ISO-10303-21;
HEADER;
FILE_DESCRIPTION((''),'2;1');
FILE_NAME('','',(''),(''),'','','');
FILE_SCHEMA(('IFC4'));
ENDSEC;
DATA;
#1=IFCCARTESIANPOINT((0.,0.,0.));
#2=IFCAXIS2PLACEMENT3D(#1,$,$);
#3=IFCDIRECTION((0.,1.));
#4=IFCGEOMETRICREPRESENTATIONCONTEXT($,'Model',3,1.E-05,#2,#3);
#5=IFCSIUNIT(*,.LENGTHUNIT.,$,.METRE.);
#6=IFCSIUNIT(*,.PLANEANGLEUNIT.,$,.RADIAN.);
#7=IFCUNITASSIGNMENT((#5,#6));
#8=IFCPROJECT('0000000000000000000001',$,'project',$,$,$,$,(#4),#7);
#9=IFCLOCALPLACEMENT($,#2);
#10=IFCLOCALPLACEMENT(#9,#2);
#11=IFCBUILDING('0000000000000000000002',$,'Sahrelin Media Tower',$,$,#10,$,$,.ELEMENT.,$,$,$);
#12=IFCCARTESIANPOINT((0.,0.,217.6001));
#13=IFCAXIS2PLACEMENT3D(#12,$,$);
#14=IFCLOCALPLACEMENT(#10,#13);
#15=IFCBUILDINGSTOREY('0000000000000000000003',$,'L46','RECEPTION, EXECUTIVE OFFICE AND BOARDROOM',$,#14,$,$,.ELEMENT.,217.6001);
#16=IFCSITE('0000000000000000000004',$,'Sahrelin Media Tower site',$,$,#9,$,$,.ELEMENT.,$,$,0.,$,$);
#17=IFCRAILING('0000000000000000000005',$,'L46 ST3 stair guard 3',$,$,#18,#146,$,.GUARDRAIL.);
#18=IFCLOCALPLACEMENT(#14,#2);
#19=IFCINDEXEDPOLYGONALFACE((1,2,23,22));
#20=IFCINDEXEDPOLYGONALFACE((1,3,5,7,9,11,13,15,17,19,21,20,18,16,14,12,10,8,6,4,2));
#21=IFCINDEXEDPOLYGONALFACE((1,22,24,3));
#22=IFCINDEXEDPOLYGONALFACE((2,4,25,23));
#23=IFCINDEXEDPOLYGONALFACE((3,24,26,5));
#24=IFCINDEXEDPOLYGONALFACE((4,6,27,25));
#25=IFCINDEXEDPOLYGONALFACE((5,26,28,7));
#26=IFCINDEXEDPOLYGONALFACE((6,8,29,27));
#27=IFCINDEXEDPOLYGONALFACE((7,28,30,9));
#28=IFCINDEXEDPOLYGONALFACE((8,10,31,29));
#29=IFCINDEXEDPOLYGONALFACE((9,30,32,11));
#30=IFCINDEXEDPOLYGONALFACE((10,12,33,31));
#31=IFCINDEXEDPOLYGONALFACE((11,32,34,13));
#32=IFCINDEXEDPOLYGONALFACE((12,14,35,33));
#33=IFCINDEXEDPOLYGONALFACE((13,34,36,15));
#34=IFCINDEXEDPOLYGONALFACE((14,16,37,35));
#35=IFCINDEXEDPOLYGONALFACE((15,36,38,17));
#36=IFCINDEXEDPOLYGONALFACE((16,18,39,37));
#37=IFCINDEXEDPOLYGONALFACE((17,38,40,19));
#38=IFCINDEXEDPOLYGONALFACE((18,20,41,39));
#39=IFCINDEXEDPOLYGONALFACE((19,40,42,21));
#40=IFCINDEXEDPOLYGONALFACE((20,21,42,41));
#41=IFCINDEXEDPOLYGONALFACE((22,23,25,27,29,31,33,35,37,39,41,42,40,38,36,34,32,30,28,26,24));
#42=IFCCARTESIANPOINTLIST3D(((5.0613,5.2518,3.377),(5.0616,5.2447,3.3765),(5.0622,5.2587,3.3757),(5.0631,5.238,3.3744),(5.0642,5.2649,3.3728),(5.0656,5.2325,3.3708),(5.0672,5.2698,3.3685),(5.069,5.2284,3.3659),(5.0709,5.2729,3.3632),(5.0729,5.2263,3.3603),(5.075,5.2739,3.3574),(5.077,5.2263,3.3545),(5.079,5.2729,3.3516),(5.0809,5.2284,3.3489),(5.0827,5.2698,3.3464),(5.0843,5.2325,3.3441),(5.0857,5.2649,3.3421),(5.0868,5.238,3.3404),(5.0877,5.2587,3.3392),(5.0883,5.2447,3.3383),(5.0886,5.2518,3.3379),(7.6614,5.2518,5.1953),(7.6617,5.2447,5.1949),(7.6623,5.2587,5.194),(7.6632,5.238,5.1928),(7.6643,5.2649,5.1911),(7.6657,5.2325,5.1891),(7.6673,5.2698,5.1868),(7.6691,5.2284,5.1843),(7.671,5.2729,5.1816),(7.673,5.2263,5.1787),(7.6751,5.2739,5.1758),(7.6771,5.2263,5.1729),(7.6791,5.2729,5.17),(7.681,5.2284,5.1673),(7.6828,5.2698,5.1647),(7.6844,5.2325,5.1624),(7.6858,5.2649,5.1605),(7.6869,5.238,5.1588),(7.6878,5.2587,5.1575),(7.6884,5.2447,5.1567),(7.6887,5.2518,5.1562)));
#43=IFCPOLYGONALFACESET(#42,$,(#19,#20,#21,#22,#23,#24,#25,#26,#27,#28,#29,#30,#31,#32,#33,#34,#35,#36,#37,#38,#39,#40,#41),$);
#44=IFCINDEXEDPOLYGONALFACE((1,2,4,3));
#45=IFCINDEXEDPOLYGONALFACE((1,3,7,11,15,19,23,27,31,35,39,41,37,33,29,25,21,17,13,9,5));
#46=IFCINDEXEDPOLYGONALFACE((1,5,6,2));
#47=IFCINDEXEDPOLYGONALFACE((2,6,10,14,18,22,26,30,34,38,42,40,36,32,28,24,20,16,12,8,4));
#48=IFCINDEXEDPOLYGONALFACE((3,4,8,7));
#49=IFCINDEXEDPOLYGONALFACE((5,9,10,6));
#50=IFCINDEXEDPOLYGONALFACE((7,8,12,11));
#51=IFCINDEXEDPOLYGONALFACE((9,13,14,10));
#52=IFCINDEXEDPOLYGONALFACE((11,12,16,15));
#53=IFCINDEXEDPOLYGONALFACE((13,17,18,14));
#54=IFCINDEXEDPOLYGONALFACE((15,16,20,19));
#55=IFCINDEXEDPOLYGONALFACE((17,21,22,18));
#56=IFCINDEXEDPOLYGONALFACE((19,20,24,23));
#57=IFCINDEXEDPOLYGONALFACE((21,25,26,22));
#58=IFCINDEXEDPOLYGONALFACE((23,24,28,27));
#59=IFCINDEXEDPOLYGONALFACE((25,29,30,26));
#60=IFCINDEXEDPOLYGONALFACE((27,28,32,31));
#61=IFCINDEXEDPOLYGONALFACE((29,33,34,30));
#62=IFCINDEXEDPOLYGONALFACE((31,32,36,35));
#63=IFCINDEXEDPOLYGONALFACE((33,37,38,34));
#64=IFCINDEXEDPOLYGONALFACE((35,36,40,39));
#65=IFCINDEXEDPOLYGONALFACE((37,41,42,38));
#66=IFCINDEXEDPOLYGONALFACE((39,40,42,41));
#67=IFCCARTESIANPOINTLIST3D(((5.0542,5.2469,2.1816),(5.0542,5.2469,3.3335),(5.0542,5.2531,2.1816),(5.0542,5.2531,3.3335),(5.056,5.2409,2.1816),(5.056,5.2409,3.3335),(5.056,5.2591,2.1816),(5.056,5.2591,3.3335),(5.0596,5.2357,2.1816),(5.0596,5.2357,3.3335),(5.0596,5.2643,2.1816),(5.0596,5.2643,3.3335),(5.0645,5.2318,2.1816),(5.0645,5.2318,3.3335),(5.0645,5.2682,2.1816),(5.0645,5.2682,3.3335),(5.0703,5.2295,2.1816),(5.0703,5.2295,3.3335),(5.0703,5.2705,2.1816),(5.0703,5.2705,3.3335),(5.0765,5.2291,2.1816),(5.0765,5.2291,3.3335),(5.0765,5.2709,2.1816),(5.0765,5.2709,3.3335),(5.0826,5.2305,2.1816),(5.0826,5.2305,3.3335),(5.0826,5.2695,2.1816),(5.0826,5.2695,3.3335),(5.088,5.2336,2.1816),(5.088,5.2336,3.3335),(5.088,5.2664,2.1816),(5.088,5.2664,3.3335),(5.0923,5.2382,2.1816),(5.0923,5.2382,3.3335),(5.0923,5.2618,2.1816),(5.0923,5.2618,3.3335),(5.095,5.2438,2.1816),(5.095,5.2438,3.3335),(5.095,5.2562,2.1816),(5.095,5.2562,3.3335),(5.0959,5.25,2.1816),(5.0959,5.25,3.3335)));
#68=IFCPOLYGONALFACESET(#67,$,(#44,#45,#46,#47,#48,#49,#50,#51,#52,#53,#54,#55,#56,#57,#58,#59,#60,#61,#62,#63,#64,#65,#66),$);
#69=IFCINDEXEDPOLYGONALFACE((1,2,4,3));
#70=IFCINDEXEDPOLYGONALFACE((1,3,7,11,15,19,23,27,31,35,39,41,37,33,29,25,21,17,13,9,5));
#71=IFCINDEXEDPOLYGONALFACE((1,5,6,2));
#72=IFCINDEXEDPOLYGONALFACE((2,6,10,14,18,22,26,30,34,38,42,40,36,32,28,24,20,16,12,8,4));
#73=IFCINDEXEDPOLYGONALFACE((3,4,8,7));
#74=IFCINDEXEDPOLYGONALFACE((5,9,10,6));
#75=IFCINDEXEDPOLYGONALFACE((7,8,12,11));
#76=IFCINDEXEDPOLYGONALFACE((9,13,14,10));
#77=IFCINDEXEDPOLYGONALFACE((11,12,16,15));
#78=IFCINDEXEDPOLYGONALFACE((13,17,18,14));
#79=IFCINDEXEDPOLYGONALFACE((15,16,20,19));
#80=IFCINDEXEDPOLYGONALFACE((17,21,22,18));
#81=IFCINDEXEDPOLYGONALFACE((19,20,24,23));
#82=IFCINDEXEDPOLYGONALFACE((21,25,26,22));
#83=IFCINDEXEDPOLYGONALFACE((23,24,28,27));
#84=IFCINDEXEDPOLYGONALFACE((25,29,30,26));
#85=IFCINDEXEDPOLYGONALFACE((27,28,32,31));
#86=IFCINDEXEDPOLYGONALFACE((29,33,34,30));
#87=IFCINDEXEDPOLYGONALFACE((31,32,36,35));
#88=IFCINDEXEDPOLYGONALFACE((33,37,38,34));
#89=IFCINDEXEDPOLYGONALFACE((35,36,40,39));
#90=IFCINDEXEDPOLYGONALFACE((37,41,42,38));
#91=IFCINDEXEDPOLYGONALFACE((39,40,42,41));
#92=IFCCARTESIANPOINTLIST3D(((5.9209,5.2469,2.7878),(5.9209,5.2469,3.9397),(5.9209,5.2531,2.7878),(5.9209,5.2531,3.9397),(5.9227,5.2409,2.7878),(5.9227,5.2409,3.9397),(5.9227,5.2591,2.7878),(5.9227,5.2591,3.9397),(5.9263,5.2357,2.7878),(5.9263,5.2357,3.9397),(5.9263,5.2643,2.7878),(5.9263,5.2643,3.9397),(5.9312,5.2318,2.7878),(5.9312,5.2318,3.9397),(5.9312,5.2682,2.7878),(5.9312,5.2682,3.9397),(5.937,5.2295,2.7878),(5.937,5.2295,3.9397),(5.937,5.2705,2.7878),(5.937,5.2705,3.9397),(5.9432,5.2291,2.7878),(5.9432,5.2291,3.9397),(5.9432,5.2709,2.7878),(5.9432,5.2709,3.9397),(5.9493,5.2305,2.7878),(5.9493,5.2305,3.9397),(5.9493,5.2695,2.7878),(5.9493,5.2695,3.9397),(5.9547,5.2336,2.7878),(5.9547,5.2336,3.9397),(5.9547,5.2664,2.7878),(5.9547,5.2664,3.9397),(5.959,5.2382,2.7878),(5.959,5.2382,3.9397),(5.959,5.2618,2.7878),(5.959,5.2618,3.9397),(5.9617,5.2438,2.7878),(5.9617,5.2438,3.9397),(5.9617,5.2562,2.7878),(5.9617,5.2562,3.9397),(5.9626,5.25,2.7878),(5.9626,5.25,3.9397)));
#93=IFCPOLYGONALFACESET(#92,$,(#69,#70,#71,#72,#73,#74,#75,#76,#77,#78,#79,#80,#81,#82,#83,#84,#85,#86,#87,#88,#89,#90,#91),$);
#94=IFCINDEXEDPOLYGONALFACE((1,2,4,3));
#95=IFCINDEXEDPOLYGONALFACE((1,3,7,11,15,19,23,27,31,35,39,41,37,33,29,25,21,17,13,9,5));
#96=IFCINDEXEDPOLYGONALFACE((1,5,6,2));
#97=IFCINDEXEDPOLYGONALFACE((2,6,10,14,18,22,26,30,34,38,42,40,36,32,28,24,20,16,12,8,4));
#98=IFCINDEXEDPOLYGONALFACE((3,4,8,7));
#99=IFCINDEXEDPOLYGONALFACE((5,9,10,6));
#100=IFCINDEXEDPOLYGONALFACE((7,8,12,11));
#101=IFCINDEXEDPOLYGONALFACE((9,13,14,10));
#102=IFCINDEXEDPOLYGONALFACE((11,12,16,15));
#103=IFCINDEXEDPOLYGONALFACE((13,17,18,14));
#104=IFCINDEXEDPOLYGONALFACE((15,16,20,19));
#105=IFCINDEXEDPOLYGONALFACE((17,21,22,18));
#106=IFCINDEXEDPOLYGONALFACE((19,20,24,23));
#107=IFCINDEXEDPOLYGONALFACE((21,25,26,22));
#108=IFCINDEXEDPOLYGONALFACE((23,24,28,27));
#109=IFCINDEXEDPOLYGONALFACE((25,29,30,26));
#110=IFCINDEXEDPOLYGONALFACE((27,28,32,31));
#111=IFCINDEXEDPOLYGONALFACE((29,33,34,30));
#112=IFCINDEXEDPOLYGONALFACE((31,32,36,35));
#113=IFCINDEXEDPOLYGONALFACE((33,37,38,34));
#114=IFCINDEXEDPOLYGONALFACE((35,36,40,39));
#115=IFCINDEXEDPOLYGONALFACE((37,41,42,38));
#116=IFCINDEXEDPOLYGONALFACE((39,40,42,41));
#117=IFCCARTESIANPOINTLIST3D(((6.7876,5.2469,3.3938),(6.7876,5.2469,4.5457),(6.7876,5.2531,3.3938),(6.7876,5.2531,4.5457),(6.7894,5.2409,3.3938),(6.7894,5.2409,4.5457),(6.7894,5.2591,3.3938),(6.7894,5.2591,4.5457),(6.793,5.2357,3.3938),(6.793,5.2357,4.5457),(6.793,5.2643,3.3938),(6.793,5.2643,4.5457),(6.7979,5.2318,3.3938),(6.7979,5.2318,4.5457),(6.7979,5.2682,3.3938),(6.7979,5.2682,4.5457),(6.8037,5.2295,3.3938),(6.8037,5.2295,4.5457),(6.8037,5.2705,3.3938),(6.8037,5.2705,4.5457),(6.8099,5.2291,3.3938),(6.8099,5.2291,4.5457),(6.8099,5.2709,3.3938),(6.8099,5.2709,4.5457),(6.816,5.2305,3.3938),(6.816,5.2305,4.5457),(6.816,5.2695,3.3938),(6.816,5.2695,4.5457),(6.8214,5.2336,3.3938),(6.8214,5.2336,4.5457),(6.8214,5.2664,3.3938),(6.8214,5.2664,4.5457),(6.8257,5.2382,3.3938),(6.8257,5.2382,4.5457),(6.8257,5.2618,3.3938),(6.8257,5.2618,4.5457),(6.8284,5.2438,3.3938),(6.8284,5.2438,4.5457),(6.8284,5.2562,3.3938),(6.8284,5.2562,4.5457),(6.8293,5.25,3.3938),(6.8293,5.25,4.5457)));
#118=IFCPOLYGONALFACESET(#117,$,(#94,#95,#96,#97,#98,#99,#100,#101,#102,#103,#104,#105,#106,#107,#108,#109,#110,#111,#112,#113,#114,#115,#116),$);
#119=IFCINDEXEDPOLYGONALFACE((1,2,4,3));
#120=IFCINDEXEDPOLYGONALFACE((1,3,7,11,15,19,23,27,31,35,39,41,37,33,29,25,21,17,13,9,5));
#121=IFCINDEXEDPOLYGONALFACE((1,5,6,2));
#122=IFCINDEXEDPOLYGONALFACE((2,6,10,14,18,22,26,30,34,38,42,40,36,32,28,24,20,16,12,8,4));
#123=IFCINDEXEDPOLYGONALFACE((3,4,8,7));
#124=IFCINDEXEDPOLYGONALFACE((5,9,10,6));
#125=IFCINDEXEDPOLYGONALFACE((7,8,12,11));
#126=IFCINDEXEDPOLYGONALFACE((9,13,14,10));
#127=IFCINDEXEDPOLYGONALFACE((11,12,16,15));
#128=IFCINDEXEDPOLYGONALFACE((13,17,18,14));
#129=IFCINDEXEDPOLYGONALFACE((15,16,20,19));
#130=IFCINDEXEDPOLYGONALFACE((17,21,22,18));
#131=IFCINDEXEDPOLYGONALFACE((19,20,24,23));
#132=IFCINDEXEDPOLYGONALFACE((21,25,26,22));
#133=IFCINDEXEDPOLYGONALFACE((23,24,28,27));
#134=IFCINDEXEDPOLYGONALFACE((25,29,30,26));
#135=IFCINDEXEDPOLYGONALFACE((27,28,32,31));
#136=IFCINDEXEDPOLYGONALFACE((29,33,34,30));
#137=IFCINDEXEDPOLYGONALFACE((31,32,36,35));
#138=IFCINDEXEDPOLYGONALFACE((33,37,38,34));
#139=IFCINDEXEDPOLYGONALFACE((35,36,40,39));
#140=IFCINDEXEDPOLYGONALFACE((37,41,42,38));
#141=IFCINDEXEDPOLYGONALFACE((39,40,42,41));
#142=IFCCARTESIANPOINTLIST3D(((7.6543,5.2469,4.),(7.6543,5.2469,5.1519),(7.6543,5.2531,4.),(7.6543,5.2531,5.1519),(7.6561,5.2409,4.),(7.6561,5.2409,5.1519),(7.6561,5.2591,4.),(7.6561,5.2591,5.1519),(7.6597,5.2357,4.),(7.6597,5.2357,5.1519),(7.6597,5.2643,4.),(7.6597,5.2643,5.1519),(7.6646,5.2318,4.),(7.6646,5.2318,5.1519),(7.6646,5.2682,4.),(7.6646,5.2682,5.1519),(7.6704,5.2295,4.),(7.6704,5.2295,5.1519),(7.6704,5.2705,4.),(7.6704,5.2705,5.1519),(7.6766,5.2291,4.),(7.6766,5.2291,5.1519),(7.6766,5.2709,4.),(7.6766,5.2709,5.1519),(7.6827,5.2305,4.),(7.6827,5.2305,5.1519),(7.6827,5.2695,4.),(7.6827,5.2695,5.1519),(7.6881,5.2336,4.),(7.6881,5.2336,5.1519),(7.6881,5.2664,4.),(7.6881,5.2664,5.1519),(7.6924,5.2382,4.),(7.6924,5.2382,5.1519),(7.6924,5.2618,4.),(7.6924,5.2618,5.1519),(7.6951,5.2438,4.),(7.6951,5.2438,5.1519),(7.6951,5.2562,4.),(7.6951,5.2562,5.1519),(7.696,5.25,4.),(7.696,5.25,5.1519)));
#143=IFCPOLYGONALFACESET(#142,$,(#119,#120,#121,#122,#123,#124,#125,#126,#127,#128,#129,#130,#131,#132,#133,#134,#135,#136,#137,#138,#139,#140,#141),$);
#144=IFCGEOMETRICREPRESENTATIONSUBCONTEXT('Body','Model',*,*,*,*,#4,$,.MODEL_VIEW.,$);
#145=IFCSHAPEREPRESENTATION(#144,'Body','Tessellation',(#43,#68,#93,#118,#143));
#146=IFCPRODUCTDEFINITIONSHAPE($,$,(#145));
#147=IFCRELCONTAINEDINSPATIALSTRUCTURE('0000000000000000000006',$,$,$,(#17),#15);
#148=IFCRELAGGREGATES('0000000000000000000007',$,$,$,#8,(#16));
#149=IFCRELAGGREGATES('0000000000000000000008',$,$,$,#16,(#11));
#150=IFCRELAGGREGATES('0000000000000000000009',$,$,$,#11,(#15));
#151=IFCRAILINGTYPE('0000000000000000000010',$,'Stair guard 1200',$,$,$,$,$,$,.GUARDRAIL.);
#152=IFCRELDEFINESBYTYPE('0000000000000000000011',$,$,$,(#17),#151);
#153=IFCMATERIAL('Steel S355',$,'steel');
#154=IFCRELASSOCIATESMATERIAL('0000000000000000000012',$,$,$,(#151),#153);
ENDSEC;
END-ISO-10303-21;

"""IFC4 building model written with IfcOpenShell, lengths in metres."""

from ifc_helpers import new_model, si_unit, direction, frame, origin, origin_2d, place, context, subcontext, project, spatial, circle, extrude, material, type_object, element, save


model = new_model("IFC4")

# Units and contexts
model_context = context("Model", 3, precision=1e-05, world=origin(), true_north=direction((0.0, 1.0)))
body_context = subcontext(model_context, "Body", "Model", "MODEL_VIEW")
ifc_project = project(units=[si_unit("LENGTHUNIT", "METRE"), si_unit("PLANEANGLEUNIT", "RADIAN")], contexts=[model_context])

# Site, building, storey
site_placement = place(None, origin())
site = spatial("IfcSite", under=ifc_project, at=site_placement, Name="Sahrelin Media Tower site", CompositionType="ELEMENT", RefElevation=0.0)
building_placement = place(site_placement, origin())
building = spatial("IfcBuilding", under=site, at=building_placement, Name="Sahrelin Media Tower", CompositionType="ELEMENT")
storey_placement = place(building_placement, frame((0.0, 0.0, 217.6001)))
storey = spatial("IfcBuildingStorey", under=building, at=storey_placement, Name="L46", Description="RECEPTION, EXECUTIVE OFFICE AND BOARDROOM", CompositionType="ELEMENT", Elevation=217.6001)

# Shared definitions
ifc_material_1 = material(Name="Steel S355", Category="steel")

# Railing
railing_type_1 = type_object("IfcRailingType", Name="Stair guard 1200", PredefinedType="GUARDRAIL", material=ifc_material_1)
railing_1_placement = place(storey_placement, frame((5.075, 5.25, 2.1816)))
element("IfcRailing", 1, at=railing_1_placement, inside=storey, type_object=railing_type_1, Name="L46 ST3 stair guard 3", PredefinedType="GUARDRAIL", context=body_context, shape_type="SweptSolid", body=[
    extrude(circle(Radius=0.0239, at=origin_2d()), frame((0.0, 0.0, 1.1758), z_axis=(0.819485, 0.0, 0.573101), x_axis=(0.0, 1.0, 0.0)), (0.0, 0.0, 1.0), 3.1729),
    extrude(circle(Radius=0.021, at=origin_2d()), origin(), (0.0, 0.0, 1.0), 1.1519),
    extrude(circle(Radius=0.021, at=origin_2d()), frame((0.8667, 0.0, 0.6062)), (0.0, 0.0, 1.0), 1.1519),
    extrude(circle(Radius=0.021, at=origin_2d()), frame((1.7334, 0.0, 1.2122)), (0.0, 0.0, 1.0), 1.1519),
    extrude(circle(Radius=0.021, at=origin_2d()), frame((2.6001, 0.0, 1.8184)), (0.0, 0.0, 1.0), 1.1519),
])

save(model, "model.ifc")
